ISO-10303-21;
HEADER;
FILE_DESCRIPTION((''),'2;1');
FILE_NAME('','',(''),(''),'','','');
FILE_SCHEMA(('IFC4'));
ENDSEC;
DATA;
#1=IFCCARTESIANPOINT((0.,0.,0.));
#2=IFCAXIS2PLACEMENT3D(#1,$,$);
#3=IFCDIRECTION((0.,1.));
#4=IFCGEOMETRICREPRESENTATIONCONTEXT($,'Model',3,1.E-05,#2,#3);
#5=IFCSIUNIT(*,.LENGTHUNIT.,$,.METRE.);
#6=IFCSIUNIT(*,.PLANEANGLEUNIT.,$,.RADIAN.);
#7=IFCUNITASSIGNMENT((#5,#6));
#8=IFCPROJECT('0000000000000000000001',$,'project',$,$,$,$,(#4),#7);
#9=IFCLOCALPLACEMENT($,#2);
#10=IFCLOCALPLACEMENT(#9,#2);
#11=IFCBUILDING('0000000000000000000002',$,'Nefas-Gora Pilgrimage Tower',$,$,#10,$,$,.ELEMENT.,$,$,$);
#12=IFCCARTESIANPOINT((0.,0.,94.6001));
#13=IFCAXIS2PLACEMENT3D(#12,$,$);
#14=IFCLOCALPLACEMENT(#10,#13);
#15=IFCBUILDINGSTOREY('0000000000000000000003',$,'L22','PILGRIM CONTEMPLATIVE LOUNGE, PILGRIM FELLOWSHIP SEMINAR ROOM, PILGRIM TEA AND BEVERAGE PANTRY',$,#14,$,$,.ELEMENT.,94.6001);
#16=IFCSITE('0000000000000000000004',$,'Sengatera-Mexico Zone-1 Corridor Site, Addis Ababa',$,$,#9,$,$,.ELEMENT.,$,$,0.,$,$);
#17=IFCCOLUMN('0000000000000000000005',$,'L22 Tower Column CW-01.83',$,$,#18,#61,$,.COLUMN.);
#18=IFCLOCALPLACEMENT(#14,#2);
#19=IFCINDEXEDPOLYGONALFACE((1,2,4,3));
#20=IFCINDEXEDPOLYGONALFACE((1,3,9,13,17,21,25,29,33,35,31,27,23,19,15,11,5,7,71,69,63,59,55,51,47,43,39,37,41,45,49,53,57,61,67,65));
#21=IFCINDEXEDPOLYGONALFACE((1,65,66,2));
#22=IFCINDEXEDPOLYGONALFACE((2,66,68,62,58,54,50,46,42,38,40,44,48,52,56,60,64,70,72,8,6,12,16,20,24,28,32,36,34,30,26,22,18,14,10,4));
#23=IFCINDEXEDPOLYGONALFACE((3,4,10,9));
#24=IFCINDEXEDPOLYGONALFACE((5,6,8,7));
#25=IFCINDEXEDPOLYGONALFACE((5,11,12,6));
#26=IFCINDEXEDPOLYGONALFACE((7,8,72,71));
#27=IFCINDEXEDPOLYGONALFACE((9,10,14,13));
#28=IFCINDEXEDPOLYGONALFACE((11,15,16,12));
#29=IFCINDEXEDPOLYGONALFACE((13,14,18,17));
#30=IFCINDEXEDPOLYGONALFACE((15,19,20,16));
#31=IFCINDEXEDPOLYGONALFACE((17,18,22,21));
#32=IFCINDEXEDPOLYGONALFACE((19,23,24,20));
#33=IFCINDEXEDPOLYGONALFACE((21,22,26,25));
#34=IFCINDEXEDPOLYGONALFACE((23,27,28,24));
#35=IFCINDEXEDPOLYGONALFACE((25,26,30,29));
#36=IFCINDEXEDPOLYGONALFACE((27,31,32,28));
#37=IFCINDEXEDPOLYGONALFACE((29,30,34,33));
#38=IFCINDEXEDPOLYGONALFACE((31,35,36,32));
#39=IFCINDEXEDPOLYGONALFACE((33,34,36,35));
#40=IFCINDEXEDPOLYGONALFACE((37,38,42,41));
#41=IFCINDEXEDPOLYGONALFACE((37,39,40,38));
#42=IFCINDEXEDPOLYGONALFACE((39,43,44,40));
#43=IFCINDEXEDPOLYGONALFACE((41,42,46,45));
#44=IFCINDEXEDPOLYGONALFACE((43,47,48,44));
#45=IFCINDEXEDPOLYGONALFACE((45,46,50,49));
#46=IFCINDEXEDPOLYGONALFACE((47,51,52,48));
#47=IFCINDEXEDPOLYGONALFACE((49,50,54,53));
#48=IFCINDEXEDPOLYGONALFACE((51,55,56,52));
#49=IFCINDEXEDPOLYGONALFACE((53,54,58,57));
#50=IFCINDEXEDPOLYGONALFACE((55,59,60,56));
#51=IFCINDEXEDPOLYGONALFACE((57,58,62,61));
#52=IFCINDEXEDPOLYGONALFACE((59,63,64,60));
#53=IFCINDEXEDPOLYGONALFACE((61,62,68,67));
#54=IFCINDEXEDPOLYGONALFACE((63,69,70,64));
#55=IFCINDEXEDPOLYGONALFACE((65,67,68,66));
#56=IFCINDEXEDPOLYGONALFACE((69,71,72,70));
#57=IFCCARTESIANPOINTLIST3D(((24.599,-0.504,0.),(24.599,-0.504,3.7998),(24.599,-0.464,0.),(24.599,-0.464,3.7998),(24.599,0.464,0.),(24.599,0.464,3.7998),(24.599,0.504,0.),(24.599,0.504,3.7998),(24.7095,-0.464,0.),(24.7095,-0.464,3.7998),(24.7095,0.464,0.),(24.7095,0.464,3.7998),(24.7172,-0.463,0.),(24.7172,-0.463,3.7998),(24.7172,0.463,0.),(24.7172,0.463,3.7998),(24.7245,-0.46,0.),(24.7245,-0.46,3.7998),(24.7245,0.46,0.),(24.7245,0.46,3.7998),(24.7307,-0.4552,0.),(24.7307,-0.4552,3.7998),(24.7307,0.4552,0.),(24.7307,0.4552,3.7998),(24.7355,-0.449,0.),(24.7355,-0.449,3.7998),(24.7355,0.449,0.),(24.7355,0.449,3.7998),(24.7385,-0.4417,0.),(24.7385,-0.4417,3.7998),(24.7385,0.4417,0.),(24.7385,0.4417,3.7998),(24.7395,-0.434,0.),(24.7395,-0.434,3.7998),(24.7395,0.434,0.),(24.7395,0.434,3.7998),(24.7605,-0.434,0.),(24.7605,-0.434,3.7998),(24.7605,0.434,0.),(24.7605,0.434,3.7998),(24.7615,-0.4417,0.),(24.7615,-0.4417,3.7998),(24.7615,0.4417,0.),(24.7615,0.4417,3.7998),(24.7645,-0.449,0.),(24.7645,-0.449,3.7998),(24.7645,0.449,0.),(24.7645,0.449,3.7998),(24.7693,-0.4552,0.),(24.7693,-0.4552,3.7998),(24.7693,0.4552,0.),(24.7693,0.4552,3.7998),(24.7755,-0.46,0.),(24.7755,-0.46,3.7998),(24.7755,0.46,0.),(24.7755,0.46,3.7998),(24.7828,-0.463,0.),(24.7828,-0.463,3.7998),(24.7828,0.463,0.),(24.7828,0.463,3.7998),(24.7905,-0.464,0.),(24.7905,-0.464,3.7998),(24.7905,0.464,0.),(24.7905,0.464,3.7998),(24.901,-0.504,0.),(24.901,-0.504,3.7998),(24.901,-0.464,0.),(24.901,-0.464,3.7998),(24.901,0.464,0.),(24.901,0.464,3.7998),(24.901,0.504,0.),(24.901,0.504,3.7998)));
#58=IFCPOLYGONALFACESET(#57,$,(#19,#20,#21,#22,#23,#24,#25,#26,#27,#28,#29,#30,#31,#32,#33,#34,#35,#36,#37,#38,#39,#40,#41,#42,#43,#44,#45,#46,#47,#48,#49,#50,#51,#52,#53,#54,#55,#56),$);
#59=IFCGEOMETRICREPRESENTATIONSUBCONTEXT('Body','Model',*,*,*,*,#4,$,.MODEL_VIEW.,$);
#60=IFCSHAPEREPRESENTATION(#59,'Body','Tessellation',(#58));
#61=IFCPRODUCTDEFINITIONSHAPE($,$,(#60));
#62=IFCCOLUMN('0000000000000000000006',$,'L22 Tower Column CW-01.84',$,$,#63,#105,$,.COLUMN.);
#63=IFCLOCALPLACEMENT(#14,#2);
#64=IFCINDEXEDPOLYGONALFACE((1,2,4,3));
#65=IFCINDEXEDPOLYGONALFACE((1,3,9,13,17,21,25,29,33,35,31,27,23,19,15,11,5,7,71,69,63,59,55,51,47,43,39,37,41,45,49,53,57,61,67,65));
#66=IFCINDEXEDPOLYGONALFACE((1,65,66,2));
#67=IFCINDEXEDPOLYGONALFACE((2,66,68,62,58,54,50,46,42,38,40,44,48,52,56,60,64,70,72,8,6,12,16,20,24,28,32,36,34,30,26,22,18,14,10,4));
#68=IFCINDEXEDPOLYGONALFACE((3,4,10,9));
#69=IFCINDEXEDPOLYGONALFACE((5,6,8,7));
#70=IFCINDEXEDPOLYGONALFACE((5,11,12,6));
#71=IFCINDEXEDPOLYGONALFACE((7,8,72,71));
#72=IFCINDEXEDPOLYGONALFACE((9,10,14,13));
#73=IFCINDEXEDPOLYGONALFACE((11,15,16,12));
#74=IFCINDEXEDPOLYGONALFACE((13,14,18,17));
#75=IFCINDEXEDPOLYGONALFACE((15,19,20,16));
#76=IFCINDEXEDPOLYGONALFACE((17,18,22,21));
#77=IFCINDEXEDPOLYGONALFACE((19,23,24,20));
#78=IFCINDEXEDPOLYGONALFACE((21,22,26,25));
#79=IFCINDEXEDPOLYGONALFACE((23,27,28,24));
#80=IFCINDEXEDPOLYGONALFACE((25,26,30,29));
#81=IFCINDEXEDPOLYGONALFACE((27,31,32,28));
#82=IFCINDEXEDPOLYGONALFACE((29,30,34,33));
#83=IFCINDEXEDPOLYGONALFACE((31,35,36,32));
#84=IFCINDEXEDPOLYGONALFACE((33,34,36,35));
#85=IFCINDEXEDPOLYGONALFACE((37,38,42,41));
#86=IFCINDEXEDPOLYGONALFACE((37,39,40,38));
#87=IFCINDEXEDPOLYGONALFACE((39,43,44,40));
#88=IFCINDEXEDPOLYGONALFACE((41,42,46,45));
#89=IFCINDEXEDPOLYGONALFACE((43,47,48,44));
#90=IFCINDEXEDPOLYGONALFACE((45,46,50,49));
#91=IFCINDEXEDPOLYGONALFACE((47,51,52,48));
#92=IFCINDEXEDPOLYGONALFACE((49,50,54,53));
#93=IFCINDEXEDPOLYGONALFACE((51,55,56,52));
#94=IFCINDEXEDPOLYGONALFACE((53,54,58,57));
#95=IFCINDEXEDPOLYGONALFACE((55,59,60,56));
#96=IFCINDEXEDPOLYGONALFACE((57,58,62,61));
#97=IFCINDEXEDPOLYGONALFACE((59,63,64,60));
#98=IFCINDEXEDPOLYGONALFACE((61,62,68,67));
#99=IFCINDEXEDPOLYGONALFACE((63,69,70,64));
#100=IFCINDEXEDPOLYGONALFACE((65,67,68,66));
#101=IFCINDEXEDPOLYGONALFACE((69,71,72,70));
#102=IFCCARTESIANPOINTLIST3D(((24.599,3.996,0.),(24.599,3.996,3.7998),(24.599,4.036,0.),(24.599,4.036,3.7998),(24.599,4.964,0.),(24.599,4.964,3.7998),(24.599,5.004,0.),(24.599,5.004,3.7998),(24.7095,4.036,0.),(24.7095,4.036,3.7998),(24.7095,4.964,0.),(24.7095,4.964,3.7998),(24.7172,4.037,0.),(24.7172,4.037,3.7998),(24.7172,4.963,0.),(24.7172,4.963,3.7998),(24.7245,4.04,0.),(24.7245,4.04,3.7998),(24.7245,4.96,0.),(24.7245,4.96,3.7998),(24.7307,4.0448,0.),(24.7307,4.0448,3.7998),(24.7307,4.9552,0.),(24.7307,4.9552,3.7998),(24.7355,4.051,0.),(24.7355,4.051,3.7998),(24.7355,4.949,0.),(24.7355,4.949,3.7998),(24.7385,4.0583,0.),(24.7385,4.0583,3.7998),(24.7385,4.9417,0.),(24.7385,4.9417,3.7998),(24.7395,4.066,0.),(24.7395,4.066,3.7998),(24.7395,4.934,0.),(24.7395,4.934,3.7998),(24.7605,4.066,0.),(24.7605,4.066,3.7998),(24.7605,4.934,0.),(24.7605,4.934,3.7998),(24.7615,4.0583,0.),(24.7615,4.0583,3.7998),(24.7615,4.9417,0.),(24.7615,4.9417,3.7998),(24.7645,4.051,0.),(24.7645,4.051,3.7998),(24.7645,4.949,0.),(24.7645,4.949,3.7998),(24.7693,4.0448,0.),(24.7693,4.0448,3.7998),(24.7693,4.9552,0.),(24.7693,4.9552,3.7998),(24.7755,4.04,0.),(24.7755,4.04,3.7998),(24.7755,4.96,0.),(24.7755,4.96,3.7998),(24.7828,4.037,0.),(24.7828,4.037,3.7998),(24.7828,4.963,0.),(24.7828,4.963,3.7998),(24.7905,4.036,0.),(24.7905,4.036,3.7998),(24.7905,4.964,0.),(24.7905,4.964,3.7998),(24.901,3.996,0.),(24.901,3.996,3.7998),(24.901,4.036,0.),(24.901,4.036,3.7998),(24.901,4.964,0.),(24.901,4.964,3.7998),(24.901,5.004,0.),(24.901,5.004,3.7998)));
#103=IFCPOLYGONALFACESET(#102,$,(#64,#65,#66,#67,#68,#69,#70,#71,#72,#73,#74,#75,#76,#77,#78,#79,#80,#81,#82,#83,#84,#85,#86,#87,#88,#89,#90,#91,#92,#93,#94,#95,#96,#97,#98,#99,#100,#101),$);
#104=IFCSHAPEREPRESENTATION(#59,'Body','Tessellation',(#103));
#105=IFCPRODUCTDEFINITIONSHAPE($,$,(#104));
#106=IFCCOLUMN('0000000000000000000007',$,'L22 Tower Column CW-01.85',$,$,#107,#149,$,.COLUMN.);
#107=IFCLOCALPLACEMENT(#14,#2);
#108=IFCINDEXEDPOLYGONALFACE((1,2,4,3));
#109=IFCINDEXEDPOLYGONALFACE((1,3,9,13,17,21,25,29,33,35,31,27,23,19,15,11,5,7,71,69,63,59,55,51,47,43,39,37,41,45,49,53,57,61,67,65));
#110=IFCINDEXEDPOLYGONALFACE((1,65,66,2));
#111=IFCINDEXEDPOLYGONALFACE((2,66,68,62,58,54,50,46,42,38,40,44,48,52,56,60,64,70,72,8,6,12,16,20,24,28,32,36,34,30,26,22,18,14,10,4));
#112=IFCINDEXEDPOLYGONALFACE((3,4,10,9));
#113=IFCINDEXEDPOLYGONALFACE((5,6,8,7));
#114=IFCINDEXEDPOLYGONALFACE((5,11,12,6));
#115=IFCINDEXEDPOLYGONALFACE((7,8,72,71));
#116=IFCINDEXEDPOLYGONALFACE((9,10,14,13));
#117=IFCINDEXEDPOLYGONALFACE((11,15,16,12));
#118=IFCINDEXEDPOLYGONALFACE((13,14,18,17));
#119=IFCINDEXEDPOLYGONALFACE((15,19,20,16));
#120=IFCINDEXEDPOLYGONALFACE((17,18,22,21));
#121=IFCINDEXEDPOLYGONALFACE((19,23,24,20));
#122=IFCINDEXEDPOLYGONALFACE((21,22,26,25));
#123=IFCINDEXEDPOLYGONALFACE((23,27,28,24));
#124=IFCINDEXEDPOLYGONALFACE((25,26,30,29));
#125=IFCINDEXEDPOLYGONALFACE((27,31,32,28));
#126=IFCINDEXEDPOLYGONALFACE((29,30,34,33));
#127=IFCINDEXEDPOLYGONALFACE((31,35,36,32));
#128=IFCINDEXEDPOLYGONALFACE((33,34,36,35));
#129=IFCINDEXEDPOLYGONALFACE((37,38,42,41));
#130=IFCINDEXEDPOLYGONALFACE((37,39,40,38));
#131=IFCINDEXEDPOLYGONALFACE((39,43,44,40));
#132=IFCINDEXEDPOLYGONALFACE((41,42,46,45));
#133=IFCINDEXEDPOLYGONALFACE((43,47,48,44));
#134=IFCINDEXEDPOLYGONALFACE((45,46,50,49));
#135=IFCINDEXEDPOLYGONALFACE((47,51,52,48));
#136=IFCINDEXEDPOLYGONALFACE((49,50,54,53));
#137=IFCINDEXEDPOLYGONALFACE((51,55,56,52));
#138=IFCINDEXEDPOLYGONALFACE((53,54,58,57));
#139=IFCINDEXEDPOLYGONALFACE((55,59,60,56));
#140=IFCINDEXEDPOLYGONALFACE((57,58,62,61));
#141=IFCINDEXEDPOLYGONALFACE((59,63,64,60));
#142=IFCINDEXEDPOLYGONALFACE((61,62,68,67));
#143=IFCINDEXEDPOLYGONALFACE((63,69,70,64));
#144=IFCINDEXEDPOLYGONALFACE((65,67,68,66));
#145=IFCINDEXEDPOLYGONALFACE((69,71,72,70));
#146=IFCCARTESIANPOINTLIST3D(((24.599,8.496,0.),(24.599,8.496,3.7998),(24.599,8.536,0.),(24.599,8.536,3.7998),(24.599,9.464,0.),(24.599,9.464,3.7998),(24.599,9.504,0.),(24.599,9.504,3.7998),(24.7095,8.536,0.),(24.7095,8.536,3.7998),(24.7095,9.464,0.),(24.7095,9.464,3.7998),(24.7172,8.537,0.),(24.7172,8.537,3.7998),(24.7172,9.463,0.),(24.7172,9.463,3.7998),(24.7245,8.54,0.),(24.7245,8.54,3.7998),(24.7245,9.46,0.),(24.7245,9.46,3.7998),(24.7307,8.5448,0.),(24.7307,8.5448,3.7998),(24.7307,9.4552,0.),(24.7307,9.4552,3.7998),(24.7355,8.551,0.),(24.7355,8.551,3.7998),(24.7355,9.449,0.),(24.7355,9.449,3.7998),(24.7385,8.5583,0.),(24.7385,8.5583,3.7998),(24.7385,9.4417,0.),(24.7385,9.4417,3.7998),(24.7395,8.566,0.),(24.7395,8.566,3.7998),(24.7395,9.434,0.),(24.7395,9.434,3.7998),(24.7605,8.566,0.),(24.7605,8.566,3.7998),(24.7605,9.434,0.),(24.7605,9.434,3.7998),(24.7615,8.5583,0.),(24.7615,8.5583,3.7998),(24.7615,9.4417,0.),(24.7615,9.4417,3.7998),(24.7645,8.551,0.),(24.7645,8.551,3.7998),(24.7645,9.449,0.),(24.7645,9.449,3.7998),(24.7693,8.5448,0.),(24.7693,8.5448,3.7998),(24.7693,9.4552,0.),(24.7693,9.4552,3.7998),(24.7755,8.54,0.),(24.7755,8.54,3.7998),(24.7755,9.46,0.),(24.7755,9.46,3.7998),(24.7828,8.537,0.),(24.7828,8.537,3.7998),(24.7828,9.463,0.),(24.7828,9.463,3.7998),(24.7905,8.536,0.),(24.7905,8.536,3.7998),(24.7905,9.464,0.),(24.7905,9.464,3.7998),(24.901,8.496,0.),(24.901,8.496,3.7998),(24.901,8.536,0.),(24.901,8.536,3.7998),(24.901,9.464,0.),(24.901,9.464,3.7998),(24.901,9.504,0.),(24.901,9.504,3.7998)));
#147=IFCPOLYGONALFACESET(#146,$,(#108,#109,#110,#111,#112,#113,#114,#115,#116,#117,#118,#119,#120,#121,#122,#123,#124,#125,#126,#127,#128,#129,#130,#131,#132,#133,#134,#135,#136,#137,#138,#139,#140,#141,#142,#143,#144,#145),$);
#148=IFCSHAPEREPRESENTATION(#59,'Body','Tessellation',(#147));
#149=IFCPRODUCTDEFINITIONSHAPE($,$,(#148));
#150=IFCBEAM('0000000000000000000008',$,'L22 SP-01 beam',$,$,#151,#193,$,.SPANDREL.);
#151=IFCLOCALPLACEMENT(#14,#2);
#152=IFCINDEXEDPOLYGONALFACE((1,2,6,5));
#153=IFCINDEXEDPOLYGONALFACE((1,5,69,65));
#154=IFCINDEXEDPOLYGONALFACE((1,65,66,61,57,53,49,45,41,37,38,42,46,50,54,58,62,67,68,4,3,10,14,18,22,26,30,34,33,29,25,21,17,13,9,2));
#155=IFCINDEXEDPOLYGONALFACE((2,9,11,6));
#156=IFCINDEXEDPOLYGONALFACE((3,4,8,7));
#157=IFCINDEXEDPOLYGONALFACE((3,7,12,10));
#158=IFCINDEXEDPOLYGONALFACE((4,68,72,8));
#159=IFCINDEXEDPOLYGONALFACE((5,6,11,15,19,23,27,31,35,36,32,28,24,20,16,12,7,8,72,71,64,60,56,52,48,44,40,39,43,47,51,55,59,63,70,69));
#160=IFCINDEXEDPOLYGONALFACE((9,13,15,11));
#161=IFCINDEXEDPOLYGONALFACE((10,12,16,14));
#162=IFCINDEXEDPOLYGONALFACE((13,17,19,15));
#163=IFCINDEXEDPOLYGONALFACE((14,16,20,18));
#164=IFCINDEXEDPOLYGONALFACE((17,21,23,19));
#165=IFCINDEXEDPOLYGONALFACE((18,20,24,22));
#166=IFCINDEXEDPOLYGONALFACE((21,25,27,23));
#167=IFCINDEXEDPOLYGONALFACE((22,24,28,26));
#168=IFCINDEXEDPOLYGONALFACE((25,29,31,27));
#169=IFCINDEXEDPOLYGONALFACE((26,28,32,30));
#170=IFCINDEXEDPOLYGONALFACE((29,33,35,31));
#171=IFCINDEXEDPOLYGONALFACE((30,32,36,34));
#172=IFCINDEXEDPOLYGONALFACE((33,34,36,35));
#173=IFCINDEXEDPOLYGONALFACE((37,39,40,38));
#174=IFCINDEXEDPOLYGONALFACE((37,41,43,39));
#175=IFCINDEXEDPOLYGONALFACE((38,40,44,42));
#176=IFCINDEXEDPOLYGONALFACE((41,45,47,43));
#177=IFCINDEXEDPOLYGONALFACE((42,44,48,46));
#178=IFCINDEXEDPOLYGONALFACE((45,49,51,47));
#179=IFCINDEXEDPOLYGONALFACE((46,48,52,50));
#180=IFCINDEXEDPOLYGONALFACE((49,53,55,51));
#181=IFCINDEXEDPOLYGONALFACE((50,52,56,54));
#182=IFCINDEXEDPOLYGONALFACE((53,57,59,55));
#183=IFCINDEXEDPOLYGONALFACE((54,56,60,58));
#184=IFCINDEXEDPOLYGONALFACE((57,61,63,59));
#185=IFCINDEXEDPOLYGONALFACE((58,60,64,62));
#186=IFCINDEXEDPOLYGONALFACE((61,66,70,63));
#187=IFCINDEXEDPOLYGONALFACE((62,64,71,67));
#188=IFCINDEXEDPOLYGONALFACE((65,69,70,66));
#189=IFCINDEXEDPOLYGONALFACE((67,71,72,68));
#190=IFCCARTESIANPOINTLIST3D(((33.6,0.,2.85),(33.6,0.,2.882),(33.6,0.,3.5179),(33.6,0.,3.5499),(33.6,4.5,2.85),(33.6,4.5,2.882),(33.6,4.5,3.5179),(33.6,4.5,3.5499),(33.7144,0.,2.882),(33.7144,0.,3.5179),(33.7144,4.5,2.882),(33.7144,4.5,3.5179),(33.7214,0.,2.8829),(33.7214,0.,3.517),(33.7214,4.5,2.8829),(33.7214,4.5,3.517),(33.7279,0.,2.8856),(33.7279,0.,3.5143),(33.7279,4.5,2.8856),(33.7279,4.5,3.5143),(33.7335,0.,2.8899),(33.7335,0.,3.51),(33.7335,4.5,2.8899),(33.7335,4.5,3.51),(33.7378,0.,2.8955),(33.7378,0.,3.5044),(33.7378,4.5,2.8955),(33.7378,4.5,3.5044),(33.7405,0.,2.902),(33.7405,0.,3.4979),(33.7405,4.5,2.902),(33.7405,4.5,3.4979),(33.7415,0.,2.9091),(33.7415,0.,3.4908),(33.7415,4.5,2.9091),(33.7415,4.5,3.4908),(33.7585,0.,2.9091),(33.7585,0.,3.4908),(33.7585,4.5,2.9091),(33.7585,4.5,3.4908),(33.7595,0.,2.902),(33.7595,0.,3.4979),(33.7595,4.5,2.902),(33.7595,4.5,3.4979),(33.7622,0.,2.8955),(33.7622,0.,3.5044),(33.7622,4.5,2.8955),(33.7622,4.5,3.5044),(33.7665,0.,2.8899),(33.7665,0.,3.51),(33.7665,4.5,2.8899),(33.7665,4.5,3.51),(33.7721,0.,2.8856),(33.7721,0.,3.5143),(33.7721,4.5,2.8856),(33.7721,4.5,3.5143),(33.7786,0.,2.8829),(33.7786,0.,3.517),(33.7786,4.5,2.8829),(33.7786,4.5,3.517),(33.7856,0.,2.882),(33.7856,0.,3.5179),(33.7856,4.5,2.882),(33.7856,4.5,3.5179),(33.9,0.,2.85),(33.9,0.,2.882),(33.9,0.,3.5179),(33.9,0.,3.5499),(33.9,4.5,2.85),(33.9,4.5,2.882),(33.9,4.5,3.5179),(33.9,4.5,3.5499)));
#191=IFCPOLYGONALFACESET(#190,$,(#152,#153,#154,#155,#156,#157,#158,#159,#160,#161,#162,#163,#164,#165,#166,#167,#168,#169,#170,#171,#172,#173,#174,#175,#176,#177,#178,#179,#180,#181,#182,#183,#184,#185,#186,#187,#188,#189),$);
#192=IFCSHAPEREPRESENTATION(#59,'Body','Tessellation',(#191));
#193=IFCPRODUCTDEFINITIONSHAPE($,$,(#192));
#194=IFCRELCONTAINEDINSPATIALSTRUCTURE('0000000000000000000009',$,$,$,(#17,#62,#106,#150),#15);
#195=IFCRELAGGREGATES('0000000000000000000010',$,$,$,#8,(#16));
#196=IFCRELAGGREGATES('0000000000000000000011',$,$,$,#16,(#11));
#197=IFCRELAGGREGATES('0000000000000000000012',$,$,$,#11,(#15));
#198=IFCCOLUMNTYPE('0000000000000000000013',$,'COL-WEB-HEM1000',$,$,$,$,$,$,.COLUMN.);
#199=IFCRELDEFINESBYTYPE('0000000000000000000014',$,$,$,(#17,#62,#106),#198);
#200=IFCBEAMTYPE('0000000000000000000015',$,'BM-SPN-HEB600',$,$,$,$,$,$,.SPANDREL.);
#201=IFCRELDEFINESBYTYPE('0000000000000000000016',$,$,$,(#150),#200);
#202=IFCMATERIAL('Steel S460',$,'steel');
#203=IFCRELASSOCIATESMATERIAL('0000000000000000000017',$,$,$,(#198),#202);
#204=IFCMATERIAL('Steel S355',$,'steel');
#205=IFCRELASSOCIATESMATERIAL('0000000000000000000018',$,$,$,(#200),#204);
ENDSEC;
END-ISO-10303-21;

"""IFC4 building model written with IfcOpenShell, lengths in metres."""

from ifc_helpers import new_model, si_unit, direction, frame, origin, origin_2d, place, context, subcontext, project, spatial, i_section, extrude, source, transform, mapped, material, material_profile, profile_set, type_object, element, save


model = new_model("IFC4")

# Units and contexts
model_context = context("Model", 3, precision=1e-05, world=origin(), true_north=direction((0.0, 1.0)))
body_context = subcontext(model_context, "Body", "Model", "MODEL_VIEW")
ifc_project = project(units=[si_unit("LENGTHUNIT", "METRE"), si_unit("PLANEANGLEUNIT", "RADIAN")], contexts=[model_context])

# Site, building, storey
site_placement = place(None, origin())
site = spatial("IfcSite", under=ifc_project, at=site_placement, Name="Sengatera-Mexico Zone-1 Corridor Site, Addis Ababa", CompositionType="ELEMENT", RefElevation=0.0)
building_placement = place(site_placement, origin())
building = spatial("IfcBuilding", under=site, at=building_placement, Name="Nefas-Gora Pilgrimage Tower", CompositionType="ELEMENT")
storey_placement = place(building_placement, frame((0.0, 0.0, 94.6001)))
storey = spatial("IfcBuildingStorey", under=building, at=storey_placement, Name="L22", Description="PILGRIM CONTEMPLATIVE LOUNGE, PILGRIM FELLOWSHIP SEMINAR ROOM, PILGRIM TEA AND BEVERAGE PANTRY", CompositionType="ELEMENT", Elevation=94.6001)

# Columns
ifc_material_1 = material(Name="Steel S460", Category="steel")
ifc_material_profile_1 = material_profile(ifc_material_1, i_section(OverallWidth=0.302, OverallDepth=1.0081, WebThickness=0.021, FlangeThickness=0.04, FilletRadius=0.03, at=origin_2d()), Name="HEM 1000")
ifc_profile_set_1 = profile_set([ifc_material_profile_1], Name="Steel S460")
column_type_1 = type_object("IfcColumnType", Name="COL-WEB-HEM1000", PredefinedType="COLUMN", material=ifc_profile_set_1)
shared_shape_1 = source(origin(), body_context, "Body", "SweptSolid", [
    extrude(i_section(OverallWidth=0.302, OverallDepth=1.0081, WebThickness=0.021, FlangeThickness=0.04, FilletRadius=0.03, at=origin_2d()), origin(), (0.0, 0.0, 1.0), 3.7998),
])
for number, where, z_axis, x_axis, name in (
    (1, (24.75, 0.0, 0.0), (0.0, 0.0, 1.0), (1.0, 0.0, 0.0), "L22 Tower Column CW-01.83"),
    (2, (24.75, 4.5, 0.0), (0.0, 0.0, 1.0), (1.0, 0.0, 0.0), "L22 Tower Column CW-01.84"),
    (3, (24.75, 9.0, 0.0), (0.0, 0.0, 1.0), (1.0, 0.0, 0.0), "L22 Tower Column CW-01.85"),
):
    element("IfcColumn", number, at=place(storey_placement, frame(where, z_axis=z_axis, x_axis=x_axis)), inside=storey, type_object=column_type_1, Name=name, PredefinedType="COLUMN", context=body_context, shape_type="MappedRepresentation", body=[
        mapped(shared_shape_1, transform((0.0, 0.0, 0.0), x_axis=(1.0, 0.0, 0.0), y_axis=(0.0, 1.0, 0.0), z_axis=(0.0, 0.0, 1.0), scale=1.0)),
    ])

# Beam
ifc_material_2 = material(Name="Steel S355", Category="steel")
ifc_material_profile_2 = material_profile(ifc_material_2, i_section(OverallWidth=0.3, OverallDepth=0.7, WebThickness=0.0171, FlangeThickness=0.032, FilletRadius=0.0271, at=origin_2d()), Name="HEB 700")
ifc_profile_set_2 = profile_set([ifc_material_profile_2], Name="Steel S355")
beam_type_1 = type_object("IfcBeamType", Name="BM-SPN-HEB600", PredefinedType="SPANDREL", material=ifc_profile_set_2)
shared_shape_2 = source(origin(), body_context, "Body", "SweptSolid", [
    extrude(i_section(OverallWidth=0.3, OverallDepth=0.7, WebThickness=0.0171, FlangeThickness=0.032, FilletRadius=0.0271, at=origin_2d()), origin(), (0.0, 0.0, 1.0), 4.5),
])
for number, where, z_axis, x_axis, name in (
    (4, (33.75, 0.0, 3.2), (0.0, 1.0, 0.0), (-1.0, 0.0, 0.0), "L22 SP-01 beam"),
):
    element("IfcBeam", number, at=place(storey_placement, frame(where, z_axis=z_axis, x_axis=x_axis)), inside=storey, type_object=beam_type_1, Name=name, PredefinedType="SPANDREL", context=body_context, shape_type="MappedRepresentation", body=[
        mapped(shared_shape_2, transform((0.0, 0.0, 0.0), x_axis=(1.0, 0.0, 0.0), y_axis=(0.0, 1.0, 0.0), z_axis=(0.0, 0.0, 1.0), scale=1.0)),
    ])

save(model, "model.ifc")
